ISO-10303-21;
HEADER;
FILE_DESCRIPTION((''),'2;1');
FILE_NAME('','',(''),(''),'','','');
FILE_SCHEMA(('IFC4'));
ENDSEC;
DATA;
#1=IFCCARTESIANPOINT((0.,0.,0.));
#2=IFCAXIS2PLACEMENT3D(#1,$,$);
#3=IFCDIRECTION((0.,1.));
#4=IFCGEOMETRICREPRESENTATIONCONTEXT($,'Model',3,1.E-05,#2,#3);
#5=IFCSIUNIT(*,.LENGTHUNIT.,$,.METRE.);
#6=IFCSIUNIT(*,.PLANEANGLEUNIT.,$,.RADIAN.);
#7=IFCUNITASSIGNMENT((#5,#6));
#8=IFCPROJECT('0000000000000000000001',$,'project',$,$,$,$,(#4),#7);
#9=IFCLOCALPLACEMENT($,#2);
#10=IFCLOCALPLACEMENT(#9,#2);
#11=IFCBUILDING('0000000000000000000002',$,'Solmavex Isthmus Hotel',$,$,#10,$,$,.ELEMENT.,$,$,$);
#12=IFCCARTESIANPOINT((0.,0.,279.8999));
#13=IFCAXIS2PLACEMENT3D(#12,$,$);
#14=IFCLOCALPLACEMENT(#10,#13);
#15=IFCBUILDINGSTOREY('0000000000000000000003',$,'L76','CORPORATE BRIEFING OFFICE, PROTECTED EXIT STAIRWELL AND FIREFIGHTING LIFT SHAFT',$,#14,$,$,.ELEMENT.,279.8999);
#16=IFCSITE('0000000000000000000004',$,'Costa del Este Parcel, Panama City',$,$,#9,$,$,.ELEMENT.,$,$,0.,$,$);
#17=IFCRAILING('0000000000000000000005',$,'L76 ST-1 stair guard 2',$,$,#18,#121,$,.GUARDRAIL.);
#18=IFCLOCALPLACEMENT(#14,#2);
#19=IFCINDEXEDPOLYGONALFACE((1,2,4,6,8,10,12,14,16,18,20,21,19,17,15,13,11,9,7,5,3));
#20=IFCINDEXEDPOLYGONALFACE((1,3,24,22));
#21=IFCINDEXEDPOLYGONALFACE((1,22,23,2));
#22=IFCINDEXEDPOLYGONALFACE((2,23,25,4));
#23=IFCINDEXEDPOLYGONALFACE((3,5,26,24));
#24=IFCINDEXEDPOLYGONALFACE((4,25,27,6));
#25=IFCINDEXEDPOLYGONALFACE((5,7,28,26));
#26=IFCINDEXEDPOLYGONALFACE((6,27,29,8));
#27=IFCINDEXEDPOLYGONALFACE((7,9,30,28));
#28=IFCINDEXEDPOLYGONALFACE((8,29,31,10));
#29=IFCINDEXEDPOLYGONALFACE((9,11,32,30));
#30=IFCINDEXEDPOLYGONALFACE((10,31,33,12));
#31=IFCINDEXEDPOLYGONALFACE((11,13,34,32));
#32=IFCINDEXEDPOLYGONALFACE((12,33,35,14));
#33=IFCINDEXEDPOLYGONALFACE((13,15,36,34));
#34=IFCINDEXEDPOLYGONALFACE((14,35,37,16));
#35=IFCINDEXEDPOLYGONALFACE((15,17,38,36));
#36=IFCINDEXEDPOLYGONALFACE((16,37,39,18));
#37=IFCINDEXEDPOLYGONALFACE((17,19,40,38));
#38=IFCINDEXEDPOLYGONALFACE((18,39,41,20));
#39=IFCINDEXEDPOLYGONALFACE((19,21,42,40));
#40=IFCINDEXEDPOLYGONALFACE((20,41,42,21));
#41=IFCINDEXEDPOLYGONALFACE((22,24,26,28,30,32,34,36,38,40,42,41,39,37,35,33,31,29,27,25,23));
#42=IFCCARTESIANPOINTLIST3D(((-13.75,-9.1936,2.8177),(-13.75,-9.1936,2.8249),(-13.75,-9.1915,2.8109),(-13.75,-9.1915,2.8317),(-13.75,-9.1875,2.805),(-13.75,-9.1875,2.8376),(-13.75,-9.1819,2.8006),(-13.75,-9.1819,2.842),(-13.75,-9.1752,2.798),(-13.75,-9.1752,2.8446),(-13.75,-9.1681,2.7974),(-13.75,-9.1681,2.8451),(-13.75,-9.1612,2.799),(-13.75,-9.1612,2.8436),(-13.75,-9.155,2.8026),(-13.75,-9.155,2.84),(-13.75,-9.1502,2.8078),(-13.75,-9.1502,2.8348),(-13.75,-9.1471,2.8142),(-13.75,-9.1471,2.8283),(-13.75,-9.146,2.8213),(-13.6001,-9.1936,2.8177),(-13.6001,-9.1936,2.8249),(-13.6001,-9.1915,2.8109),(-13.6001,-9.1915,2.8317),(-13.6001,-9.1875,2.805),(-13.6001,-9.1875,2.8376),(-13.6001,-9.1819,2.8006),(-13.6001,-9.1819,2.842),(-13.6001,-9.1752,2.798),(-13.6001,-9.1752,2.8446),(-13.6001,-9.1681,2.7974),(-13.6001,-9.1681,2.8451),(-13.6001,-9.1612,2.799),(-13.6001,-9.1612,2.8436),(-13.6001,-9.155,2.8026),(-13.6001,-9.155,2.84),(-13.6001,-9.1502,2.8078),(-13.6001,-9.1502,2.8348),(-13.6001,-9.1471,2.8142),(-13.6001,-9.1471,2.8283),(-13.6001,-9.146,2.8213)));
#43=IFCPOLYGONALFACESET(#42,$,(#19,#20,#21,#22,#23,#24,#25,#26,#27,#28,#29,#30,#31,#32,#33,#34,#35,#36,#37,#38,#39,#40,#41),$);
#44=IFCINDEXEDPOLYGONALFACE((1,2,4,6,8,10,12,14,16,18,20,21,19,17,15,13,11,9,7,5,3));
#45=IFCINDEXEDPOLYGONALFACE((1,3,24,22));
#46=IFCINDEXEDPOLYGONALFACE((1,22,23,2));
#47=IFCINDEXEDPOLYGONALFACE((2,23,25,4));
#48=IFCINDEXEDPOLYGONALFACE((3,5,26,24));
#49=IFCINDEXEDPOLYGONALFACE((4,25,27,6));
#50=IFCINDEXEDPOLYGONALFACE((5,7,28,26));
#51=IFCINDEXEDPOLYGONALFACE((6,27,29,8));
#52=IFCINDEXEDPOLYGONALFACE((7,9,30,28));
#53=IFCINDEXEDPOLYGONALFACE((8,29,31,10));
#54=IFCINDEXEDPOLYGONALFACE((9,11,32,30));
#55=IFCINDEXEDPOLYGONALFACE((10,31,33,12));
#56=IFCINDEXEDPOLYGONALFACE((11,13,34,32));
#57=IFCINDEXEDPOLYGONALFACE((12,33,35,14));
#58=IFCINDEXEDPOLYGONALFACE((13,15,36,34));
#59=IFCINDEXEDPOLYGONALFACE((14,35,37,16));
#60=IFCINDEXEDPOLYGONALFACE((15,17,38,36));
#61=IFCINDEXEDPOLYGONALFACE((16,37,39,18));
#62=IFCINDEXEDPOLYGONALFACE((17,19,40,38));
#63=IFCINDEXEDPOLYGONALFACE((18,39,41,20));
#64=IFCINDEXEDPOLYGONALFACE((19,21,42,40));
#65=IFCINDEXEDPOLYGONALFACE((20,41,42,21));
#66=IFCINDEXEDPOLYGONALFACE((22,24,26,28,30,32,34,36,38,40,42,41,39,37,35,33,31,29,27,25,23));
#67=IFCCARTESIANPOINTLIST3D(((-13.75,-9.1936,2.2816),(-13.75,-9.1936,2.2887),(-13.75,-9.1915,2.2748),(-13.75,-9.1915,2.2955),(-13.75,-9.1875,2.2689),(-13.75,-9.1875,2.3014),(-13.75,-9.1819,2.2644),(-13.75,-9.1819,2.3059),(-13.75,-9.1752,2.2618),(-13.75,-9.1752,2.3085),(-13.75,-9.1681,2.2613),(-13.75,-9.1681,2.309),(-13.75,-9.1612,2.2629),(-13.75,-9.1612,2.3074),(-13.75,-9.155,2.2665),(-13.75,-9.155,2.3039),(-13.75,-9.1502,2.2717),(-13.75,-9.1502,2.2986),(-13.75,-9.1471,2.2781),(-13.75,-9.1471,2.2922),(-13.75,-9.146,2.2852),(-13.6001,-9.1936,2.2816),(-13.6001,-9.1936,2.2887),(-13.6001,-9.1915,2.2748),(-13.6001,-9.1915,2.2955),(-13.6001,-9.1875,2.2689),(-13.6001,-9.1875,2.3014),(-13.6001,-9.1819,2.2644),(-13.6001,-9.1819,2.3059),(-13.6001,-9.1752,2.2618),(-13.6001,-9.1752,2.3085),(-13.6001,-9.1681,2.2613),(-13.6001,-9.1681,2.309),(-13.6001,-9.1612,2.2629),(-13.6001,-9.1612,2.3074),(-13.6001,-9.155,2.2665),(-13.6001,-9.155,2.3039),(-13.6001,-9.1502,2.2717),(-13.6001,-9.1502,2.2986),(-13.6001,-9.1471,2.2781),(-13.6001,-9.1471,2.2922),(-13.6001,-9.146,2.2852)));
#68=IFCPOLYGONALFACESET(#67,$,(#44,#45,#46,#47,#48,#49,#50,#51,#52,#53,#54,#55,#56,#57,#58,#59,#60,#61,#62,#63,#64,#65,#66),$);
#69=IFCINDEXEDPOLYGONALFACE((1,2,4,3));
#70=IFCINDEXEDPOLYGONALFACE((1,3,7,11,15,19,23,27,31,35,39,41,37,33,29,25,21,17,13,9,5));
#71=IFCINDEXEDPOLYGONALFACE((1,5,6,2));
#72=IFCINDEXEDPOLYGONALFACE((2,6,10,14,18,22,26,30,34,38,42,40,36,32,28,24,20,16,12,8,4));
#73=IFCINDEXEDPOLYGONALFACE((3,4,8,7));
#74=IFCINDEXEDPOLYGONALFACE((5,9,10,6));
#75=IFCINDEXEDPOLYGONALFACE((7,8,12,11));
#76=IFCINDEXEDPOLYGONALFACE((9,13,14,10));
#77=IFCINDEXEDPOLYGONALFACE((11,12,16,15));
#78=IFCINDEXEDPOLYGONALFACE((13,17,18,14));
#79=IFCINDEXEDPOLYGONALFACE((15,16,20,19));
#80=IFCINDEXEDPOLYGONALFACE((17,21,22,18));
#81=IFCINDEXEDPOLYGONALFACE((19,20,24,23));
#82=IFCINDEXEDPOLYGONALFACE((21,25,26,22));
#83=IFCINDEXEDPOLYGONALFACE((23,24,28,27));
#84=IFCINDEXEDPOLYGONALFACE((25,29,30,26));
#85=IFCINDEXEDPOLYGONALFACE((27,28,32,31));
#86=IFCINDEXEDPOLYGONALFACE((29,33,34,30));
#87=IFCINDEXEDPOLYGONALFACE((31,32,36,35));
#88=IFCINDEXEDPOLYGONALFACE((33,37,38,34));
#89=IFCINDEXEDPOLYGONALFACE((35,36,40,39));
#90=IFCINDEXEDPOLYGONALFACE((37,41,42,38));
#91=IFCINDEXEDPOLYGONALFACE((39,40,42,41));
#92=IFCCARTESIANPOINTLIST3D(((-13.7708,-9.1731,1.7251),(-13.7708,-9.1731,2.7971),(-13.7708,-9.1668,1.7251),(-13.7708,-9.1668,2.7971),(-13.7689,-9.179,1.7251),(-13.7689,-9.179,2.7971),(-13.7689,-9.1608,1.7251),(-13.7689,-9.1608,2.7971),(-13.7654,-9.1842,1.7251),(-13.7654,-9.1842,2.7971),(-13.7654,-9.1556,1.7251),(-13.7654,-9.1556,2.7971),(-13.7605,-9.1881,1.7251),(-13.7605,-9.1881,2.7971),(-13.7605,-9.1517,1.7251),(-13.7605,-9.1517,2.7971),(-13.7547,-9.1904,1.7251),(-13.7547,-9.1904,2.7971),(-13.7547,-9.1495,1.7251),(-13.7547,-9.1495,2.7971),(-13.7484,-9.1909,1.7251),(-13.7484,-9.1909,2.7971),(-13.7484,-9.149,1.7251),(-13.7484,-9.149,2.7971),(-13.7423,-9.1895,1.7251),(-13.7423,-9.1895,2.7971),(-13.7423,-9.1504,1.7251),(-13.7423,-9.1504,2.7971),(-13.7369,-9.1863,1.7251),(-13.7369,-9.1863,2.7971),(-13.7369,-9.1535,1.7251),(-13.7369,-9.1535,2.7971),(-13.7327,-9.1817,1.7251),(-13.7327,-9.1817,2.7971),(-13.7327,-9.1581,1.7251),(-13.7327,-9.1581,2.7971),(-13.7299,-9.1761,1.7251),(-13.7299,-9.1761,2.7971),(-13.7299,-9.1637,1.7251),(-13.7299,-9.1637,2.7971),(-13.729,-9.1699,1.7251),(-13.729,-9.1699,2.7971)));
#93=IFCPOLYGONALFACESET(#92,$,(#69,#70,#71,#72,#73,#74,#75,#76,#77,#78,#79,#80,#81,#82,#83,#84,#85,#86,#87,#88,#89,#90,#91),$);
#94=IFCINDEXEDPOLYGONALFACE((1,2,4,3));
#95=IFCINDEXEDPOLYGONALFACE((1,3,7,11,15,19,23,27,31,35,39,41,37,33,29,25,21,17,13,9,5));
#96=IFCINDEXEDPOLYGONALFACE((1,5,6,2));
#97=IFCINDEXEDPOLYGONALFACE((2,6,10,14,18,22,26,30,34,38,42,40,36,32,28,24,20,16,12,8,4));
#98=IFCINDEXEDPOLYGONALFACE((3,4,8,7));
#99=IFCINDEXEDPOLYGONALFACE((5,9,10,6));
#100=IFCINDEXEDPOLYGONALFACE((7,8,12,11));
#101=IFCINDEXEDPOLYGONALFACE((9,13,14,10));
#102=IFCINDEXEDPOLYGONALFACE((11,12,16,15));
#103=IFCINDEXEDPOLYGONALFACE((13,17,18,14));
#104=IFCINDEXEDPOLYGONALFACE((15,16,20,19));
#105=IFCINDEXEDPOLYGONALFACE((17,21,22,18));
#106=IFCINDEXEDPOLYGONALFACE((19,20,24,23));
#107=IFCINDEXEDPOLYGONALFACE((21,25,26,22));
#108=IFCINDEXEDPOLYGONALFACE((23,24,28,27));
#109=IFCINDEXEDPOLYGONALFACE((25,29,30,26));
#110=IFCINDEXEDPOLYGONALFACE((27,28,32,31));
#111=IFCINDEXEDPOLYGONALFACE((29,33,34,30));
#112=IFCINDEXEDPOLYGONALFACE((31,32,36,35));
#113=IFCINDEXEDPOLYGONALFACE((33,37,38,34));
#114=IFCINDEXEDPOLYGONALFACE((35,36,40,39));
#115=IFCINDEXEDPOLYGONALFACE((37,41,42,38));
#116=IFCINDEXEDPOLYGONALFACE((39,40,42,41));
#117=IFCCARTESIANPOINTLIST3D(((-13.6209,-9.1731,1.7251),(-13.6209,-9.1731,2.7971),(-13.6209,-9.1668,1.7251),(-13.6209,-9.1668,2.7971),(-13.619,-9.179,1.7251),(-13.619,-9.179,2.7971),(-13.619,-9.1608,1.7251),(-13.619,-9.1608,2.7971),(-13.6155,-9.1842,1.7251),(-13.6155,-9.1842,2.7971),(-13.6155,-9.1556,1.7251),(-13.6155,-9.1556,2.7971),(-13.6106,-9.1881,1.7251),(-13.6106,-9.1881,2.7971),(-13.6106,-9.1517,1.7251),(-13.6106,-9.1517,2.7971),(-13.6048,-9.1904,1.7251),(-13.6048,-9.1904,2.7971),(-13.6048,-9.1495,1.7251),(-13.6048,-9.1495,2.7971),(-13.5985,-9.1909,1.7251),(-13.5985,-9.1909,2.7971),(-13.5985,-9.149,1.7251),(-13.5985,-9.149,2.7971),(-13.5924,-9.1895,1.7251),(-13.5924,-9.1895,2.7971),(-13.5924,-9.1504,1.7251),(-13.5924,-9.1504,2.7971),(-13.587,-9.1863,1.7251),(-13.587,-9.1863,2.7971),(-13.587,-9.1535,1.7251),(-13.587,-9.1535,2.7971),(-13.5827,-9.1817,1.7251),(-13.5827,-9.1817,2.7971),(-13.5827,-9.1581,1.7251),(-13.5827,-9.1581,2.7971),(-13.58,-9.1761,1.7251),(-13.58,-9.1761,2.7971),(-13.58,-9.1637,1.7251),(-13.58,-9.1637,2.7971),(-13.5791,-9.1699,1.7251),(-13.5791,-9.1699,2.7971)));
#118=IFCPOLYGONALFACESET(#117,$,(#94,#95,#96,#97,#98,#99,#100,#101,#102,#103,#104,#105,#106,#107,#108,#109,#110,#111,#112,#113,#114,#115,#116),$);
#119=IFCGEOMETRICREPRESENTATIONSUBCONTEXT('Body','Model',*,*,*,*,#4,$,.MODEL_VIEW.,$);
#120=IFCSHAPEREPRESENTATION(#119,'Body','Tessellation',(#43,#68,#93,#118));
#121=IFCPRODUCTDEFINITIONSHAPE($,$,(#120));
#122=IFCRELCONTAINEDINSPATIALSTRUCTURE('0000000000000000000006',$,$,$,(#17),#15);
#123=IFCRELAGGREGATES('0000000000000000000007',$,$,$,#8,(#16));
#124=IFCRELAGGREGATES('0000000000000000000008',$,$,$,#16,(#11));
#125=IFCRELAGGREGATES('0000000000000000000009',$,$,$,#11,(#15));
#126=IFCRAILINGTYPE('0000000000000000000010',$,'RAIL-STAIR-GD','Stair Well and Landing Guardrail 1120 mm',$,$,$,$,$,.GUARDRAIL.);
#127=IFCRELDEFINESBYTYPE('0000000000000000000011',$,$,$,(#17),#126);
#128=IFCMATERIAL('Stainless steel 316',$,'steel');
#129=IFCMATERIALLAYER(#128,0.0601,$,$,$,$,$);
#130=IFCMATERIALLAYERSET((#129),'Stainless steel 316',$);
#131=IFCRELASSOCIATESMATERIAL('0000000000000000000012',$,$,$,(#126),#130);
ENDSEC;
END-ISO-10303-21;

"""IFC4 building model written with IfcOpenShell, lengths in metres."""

from ifc_helpers import new_model, si_unit, direction, frame, origin, origin_2d, place, context, subcontext, project, spatial, circle, extrude, material, layer, layer_set, type_object, element, save


model = new_model("IFC4")

# Units and contexts
model_context = context("Model", 3, precision=1e-05, world=origin(), true_north=direction((0.0, 1.0)))
body_context = subcontext(model_context, "Body", "Model", "MODEL_VIEW")
ifc_project = project(units=[si_unit("LENGTHUNIT", "METRE"), si_unit("PLANEANGLEUNIT", "RADIAN")], contexts=[model_context])

# Site, building, storey
site_placement = place(None, origin())
site = spatial("IfcSite", under=ifc_project, at=site_placement, Name="Costa del Este Parcel, Panama City", CompositionType="ELEMENT", RefElevation=0.0)
building_placement = place(site_placement, origin())
building = spatial("IfcBuilding", under=site, at=building_placement, Name="Solmavex Isthmus Hotel", CompositionType="ELEMENT")
storey_placement = place(building_placement, frame((0.0, 0.0, 279.8999)))
storey = spatial("IfcBuildingStorey", under=building, at=storey_placement, Name="L76", Description="CORPORATE BRIEFING OFFICE, PROTECTED EXIT STAIRWELL AND FIREFIGHTING LIFT SHAFT", CompositionType="ELEMENT", Elevation=279.8999)

# Shared definitions
ifc_material_1 = material(Name="Stainless steel 316", Category="steel")

# Railing
ifc_layer_1 = layer(ifc_material_1, 0.0601)
ifc_layer_set_1 = layer_set([ifc_layer_1], Name="Stainless steel 316")
railing_type_1 = type_object("IfcRailingType", Name="RAIL-STAIR-GD", Description="Stair Well and Landing Guardrail 1120 mm", PredefinedType="GUARDRAIL", material=ifc_layer_set_1)
railing_1_placement = place(storey_placement, frame((-13.75, -9.1699, 1.7251)))
element("IfcRailing", 1, at=railing_1_placement, inside=storey, type_object=railing_type_1, Name="L76 ST-1 stair guard 2", PredefinedType="GUARDRAIL", context=body_context, shape_type="SweptSolid", body=[
    extrude(circle(Radius=0.0239, at=origin_2d()), frame((0.0, 0.0, 1.0962), z_axis=(1.0, 0.0, 0.0), x_axis=(0.0, 1.0, 0.0)), (0.0, 0.0, 1.0), 0.1499),
    extrude(circle(Radius=0.0239, at=origin_2d()), frame((0.0, 0.0, 0.5601), z_axis=(1.0, 0.0, 0.0), x_axis=(0.0, 1.0, 0.0)), (0.0, 0.0, 1.0), 0.1499),
    extrude(circle(Radius=0.021, at=origin_2d()), origin(), (0.0, 0.0, 1.0), 1.072),
    extrude(circle(Radius=0.021, at=origin_2d()), frame((0.1499, 0.0, 0.0)), (0.0, 0.0, 1.0), 1.072),
])

save(model, "model.ifc")
